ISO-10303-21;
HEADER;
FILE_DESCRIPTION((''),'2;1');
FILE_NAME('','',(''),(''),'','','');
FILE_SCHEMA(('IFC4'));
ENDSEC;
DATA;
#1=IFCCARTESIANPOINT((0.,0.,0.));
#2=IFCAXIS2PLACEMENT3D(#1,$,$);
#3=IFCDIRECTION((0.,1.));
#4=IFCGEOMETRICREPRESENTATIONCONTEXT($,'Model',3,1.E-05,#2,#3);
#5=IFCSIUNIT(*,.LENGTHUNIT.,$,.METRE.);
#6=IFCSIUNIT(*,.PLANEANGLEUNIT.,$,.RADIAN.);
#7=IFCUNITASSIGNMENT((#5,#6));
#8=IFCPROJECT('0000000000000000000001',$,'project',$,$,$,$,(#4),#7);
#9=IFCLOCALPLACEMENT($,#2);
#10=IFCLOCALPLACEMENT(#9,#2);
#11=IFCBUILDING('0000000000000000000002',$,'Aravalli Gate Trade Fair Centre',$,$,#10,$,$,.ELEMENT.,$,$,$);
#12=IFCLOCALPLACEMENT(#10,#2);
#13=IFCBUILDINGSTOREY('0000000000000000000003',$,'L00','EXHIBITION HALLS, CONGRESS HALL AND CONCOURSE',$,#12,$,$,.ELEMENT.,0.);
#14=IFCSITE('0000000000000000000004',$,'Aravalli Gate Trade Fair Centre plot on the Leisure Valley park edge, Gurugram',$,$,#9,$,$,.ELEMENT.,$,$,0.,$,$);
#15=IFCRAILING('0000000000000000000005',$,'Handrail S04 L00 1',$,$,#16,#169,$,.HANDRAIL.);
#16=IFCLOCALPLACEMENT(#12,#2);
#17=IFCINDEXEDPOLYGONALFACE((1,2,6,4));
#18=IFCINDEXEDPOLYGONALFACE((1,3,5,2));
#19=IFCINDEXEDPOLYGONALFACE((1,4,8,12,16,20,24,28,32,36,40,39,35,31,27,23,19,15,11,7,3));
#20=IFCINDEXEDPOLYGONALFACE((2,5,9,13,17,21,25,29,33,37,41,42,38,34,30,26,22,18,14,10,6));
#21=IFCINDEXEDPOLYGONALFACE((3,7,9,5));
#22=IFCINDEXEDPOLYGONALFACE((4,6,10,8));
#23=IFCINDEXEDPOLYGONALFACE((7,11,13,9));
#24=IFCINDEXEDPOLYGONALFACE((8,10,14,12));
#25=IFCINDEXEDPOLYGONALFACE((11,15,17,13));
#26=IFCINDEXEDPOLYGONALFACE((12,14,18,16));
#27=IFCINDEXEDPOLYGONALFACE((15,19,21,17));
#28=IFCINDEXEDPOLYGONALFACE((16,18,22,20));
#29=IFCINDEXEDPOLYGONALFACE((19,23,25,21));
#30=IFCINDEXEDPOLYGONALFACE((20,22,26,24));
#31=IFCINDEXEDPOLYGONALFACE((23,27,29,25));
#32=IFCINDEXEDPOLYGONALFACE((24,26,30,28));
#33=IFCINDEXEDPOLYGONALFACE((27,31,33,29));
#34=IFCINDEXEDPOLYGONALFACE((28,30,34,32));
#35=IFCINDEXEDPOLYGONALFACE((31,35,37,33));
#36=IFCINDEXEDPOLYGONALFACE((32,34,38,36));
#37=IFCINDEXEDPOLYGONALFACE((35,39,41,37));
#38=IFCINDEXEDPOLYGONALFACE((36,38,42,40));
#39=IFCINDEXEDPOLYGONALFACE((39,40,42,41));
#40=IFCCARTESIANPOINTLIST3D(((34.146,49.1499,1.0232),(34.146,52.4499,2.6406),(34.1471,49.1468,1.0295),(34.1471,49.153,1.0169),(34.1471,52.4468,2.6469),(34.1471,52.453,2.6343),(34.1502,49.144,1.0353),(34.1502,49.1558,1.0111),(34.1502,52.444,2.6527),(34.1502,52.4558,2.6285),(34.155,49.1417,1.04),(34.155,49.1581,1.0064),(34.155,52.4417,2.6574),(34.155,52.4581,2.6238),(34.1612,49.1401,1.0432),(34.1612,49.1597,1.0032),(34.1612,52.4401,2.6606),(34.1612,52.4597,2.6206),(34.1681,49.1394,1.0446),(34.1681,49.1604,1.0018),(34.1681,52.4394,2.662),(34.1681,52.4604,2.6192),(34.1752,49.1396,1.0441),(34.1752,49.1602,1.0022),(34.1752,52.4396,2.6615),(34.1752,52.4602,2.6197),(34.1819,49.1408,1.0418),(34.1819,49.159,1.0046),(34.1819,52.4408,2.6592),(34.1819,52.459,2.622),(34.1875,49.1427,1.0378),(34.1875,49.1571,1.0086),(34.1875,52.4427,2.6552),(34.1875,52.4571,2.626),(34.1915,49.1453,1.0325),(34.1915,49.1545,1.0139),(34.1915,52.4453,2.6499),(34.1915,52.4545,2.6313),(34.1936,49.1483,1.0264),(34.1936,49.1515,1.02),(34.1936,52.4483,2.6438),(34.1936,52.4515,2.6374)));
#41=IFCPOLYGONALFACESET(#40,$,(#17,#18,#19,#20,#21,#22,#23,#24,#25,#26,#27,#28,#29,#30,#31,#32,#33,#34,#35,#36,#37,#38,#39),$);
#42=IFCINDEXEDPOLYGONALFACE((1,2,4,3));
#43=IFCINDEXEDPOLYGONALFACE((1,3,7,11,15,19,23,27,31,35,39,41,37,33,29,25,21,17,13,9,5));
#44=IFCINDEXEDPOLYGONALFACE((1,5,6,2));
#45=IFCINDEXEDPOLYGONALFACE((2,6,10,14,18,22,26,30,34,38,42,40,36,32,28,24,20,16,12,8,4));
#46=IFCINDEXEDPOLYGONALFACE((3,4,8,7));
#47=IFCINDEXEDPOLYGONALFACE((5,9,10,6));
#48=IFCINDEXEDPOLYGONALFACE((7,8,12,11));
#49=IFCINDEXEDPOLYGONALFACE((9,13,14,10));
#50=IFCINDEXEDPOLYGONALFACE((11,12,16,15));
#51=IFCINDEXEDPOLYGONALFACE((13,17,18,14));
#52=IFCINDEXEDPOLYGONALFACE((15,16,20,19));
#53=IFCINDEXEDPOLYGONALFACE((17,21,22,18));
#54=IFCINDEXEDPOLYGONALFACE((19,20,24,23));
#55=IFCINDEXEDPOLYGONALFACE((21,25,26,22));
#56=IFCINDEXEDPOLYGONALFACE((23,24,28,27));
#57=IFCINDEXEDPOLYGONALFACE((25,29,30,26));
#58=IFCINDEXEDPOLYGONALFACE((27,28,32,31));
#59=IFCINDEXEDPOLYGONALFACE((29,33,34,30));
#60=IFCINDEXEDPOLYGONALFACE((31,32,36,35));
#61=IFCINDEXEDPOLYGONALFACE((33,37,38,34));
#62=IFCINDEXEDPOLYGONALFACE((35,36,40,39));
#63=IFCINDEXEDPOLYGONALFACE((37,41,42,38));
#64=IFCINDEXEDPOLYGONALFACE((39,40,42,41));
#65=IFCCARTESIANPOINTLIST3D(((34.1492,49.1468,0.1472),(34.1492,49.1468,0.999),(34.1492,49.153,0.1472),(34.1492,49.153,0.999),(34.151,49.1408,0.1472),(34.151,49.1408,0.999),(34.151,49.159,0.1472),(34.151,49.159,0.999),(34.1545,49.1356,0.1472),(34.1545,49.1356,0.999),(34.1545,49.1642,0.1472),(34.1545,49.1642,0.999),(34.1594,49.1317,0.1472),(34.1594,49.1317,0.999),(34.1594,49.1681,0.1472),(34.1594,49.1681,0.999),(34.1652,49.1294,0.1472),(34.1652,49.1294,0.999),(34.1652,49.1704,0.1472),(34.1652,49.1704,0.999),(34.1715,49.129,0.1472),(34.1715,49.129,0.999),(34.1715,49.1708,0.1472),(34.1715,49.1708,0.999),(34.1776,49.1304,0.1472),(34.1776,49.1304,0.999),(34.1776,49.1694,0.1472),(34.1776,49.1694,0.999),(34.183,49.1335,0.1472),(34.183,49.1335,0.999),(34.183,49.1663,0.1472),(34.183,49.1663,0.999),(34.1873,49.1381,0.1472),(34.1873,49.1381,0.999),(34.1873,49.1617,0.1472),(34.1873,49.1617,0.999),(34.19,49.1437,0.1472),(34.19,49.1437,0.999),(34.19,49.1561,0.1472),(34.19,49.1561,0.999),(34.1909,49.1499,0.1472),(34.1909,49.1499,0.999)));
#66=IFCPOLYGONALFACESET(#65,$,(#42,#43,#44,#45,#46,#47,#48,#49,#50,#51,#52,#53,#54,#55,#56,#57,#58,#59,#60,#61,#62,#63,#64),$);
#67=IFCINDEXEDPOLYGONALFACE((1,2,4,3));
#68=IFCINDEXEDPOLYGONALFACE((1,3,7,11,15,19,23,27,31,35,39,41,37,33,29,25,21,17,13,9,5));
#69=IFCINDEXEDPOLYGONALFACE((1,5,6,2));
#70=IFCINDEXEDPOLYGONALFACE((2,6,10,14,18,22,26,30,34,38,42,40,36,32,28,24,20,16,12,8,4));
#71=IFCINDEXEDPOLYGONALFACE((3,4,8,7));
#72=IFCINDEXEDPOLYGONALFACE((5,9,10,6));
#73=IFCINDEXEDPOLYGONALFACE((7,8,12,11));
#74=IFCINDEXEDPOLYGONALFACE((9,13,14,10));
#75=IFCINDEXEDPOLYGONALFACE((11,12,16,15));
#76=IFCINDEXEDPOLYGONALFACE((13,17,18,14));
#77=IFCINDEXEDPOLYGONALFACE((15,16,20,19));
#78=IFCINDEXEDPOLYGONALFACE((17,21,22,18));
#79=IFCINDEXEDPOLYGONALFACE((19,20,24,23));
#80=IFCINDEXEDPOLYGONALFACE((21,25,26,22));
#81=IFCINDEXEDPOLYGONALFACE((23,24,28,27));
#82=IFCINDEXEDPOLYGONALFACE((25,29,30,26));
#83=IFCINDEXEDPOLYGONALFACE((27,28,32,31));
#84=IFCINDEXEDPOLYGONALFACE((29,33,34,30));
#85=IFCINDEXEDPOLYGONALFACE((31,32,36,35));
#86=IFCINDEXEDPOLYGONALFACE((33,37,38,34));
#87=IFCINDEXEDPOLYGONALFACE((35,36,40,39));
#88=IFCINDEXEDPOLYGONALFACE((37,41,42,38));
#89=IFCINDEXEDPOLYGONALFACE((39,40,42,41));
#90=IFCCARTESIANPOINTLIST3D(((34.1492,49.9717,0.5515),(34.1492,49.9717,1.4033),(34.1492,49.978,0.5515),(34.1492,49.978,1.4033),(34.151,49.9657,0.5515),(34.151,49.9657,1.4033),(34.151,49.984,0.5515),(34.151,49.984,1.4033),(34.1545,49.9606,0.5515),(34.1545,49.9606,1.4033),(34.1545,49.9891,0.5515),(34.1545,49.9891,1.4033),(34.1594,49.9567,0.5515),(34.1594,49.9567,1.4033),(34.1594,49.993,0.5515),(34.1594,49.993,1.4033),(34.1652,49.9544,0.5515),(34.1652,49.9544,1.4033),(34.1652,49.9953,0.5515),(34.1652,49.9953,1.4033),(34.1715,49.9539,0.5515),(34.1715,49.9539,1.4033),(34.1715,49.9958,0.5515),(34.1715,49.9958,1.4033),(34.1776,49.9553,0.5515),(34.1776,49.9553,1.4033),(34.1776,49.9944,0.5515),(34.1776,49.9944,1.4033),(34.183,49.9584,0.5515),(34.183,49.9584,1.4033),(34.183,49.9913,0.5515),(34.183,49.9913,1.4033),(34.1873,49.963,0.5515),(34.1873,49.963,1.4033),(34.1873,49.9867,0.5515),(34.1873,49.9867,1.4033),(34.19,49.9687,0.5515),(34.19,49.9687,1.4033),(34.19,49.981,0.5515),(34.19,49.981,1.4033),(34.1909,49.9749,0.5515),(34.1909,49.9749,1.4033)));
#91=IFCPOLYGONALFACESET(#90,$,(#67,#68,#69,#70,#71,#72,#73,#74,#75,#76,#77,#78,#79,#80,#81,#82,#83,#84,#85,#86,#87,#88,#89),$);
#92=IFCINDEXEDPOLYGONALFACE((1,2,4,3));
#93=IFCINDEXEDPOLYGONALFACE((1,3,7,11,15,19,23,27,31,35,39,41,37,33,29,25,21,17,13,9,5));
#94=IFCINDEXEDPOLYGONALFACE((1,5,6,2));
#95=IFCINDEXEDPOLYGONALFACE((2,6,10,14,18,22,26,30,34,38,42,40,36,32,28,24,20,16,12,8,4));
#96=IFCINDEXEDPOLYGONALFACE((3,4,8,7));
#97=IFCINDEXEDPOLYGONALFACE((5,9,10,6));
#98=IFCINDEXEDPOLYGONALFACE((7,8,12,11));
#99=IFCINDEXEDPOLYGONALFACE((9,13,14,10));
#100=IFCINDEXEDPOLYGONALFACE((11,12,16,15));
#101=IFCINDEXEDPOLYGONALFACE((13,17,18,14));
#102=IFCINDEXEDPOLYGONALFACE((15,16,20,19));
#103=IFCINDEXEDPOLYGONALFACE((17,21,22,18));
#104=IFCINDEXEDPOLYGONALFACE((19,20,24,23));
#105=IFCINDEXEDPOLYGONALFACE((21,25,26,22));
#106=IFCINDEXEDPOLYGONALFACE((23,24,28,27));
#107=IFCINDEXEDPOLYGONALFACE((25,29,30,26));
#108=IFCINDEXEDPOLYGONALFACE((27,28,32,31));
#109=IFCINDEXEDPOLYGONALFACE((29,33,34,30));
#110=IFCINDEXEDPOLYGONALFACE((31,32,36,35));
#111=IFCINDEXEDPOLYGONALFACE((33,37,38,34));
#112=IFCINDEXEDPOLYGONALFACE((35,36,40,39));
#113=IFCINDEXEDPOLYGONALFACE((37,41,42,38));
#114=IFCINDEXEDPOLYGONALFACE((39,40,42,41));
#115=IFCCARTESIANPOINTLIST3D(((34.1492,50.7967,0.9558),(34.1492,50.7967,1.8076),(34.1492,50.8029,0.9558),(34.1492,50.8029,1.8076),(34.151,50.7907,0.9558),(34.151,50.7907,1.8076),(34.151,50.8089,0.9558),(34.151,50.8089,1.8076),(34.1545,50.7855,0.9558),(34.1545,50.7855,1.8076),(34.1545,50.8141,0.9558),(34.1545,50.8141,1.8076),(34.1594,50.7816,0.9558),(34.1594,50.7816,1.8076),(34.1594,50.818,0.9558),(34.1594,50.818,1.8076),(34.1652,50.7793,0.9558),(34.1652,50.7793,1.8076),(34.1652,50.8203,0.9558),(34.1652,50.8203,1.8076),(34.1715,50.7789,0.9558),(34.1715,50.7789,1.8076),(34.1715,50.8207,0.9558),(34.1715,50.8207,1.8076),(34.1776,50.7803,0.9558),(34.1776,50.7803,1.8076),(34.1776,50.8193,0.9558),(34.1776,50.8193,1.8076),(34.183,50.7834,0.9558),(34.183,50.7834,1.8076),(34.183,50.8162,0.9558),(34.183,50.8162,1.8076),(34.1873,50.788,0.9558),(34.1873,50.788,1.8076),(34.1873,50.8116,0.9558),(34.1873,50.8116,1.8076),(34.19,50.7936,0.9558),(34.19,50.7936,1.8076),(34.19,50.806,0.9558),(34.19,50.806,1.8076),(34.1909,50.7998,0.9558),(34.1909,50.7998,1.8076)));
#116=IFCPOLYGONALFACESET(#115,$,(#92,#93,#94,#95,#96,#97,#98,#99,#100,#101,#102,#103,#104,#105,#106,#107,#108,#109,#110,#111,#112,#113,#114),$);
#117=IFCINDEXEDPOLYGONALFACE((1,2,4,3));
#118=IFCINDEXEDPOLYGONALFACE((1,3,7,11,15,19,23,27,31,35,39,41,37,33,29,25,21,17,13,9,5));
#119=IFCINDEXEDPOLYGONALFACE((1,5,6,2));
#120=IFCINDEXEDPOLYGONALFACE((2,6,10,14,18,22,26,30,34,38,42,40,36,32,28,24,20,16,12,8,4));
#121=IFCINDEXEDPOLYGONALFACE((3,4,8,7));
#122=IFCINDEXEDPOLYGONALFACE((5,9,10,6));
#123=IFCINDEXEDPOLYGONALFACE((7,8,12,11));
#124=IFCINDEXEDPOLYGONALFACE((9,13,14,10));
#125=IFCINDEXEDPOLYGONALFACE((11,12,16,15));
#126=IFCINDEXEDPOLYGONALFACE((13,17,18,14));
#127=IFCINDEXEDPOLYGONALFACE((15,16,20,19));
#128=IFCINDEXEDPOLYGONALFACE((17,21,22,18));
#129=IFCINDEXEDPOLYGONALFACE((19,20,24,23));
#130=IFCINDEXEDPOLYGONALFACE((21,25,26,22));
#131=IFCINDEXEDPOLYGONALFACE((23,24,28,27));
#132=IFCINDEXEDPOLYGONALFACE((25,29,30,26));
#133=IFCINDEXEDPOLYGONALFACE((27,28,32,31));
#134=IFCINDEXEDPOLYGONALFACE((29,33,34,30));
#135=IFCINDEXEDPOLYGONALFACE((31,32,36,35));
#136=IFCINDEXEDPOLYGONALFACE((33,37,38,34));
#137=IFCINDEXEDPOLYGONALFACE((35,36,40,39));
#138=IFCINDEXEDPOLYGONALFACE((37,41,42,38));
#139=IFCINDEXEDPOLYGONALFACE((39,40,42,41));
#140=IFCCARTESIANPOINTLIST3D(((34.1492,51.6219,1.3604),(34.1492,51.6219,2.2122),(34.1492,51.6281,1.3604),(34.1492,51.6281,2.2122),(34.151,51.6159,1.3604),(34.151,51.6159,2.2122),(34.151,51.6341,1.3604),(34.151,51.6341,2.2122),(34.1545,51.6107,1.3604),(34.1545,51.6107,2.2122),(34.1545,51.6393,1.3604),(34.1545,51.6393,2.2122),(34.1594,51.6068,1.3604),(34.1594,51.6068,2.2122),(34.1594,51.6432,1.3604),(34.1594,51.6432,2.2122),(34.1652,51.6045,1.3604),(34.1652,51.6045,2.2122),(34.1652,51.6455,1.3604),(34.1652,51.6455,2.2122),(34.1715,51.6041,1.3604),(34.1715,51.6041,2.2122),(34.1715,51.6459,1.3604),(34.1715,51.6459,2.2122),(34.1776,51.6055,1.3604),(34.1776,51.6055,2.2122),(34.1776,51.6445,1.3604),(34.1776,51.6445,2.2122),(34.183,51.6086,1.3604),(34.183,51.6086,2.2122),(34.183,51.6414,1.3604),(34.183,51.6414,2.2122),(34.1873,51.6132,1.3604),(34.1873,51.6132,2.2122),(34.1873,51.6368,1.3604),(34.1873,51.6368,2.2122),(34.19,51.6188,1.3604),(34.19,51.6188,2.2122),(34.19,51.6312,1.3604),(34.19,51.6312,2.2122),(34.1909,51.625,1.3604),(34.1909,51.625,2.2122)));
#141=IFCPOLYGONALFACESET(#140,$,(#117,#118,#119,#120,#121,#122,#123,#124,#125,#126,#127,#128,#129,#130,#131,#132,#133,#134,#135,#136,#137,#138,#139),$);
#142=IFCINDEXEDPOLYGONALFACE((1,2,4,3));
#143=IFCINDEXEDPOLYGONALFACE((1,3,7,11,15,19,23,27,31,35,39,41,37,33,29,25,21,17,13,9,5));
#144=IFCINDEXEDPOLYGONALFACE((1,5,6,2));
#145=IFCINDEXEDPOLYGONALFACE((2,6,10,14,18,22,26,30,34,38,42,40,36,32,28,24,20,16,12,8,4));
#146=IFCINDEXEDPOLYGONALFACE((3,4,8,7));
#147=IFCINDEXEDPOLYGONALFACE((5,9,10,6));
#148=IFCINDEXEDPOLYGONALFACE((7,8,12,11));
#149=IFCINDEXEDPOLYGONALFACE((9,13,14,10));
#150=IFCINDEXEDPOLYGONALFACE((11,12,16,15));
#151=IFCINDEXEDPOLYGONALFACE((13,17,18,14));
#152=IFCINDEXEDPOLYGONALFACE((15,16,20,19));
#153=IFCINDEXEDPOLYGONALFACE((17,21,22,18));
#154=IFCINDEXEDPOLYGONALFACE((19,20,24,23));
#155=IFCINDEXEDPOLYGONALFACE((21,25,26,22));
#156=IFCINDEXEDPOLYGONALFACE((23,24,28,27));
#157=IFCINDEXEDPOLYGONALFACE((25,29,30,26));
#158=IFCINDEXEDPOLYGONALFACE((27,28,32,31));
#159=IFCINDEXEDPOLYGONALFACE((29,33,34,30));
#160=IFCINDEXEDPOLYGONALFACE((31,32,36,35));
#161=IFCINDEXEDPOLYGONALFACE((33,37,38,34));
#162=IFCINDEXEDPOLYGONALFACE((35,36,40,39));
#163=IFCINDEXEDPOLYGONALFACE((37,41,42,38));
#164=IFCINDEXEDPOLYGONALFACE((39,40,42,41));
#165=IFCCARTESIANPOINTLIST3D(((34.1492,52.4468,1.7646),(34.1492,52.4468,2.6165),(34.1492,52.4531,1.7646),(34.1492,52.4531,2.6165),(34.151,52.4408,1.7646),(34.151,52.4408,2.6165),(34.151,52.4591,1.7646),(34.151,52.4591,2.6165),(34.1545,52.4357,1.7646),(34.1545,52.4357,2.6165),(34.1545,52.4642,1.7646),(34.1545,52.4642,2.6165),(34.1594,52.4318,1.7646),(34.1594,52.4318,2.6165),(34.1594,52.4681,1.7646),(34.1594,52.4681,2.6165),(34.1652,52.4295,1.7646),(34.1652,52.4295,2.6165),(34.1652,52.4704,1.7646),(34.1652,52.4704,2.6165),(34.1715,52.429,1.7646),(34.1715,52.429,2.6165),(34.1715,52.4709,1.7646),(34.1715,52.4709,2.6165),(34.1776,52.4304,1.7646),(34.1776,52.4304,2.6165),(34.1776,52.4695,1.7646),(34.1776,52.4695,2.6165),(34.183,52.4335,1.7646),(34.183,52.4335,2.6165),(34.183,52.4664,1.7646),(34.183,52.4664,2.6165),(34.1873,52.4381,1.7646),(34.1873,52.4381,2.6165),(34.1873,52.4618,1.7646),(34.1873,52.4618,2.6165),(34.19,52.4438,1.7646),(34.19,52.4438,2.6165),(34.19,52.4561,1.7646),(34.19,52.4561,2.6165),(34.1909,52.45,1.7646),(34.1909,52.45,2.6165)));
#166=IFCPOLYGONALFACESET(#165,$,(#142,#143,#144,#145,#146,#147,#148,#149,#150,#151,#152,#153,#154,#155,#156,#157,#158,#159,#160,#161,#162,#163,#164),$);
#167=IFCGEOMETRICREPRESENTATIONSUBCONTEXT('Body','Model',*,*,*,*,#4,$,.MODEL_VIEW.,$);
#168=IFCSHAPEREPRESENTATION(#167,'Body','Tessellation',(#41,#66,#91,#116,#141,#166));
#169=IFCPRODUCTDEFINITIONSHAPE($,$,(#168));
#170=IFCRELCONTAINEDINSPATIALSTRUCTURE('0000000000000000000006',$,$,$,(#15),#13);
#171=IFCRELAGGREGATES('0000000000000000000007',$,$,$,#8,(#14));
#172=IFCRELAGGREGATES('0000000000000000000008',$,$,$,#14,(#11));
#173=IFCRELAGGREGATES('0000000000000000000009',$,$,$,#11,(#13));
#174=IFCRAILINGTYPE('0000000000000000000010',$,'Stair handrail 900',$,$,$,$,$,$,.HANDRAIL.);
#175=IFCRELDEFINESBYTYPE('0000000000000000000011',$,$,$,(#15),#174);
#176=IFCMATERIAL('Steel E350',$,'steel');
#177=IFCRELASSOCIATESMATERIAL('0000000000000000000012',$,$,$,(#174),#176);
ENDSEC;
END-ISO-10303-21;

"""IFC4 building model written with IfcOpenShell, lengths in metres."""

from ifc_helpers import new_model, si_unit, direction, frame, origin, origin_2d, place, context, subcontext, project, spatial, circle, extrude, material, type_object, element, save


model = new_model("IFC4")

# Units and contexts
model_context = context("Model", 3, precision=1e-05, world=origin(), true_north=direction((0.0, 1.0)))
body_context = subcontext(model_context, "Body", "Model", "MODEL_VIEW")
ifc_project = project(units=[si_unit("LENGTHUNIT", "METRE"), si_unit("PLANEANGLEUNIT", "RADIAN")], contexts=[model_context])

# Site, building, storey
site_placement = place(None, origin())
site = spatial("IfcSite", under=ifc_project, at=site_placement, Name="Aravalli Gate Trade Fair Centre plot on the Leisure Valley park edge, Gurugram", CompositionType="ELEMENT", RefElevation=0.0)
building_placement = place(site_placement, origin())
building = spatial("IfcBuilding", under=site, at=building_placement, Name="Aravalli Gate Trade Fair Centre", CompositionType="ELEMENT")
storey_placement = place(building_placement, origin())
storey = spatial("IfcBuildingStorey", under=building, at=storey_placement, Name="L00", Description="EXHIBITION HALLS, CONGRESS HALL AND CONCOURSE", CompositionType="ELEMENT", Elevation=0.0)

# Railing
ifc_material_1 = material(Name="Steel E350", Category="steel")
railing_type = type_object("IfcRailingType", Name="Stair handrail 900", PredefinedType="HANDRAIL", material=ifc_material_1)
for number, where, name in (
    (1, (34.1699, 49.1499, 0.1472), "Handrail S04 L00 1"),
):
    element("IfcRailing", number, at=place(storey_placement, frame(where)), inside=storey, type_object=railing_type, Name=name, PredefinedType="HANDRAIL", context=body_context, shape_type="SweptSolid", body=[
        extrude(circle(Radius=0.0239, at=origin_2d()), frame((0.0, 0.0, 0.876), z_axis=(0.0, 0.897946, 0.440105), x_axis=(-1.0, 0.0, 0.0)), (0.0, 0.0, 1.0), 3.675),
        extrude(circle(Radius=0.021, at=origin_2d()), origin(), (0.0, 0.0, 1.0), 0.8518),
        extrude(circle(Radius=0.021, at=origin_2d()), frame((0.0, 0.825, 0.4043)), (0.0, 0.0, 1.0), 0.8518),
        extrude(circle(Radius=0.021, at=origin_2d()), frame((0.0, 1.6499, 0.8086)), (0.0, 0.0, 1.0), 0.8518),
        extrude(circle(Radius=0.021, at=origin_2d()), frame((0.0, 2.4751, 1.2131)), (0.0, 0.0, 1.0), 0.8518),
        extrude(circle(Radius=0.021, at=origin_2d()), frame((0.0, 3.3, 1.6174)), (0.0, 0.0, 1.0), 0.8518),
    ])

save(model, "model.ifc")
